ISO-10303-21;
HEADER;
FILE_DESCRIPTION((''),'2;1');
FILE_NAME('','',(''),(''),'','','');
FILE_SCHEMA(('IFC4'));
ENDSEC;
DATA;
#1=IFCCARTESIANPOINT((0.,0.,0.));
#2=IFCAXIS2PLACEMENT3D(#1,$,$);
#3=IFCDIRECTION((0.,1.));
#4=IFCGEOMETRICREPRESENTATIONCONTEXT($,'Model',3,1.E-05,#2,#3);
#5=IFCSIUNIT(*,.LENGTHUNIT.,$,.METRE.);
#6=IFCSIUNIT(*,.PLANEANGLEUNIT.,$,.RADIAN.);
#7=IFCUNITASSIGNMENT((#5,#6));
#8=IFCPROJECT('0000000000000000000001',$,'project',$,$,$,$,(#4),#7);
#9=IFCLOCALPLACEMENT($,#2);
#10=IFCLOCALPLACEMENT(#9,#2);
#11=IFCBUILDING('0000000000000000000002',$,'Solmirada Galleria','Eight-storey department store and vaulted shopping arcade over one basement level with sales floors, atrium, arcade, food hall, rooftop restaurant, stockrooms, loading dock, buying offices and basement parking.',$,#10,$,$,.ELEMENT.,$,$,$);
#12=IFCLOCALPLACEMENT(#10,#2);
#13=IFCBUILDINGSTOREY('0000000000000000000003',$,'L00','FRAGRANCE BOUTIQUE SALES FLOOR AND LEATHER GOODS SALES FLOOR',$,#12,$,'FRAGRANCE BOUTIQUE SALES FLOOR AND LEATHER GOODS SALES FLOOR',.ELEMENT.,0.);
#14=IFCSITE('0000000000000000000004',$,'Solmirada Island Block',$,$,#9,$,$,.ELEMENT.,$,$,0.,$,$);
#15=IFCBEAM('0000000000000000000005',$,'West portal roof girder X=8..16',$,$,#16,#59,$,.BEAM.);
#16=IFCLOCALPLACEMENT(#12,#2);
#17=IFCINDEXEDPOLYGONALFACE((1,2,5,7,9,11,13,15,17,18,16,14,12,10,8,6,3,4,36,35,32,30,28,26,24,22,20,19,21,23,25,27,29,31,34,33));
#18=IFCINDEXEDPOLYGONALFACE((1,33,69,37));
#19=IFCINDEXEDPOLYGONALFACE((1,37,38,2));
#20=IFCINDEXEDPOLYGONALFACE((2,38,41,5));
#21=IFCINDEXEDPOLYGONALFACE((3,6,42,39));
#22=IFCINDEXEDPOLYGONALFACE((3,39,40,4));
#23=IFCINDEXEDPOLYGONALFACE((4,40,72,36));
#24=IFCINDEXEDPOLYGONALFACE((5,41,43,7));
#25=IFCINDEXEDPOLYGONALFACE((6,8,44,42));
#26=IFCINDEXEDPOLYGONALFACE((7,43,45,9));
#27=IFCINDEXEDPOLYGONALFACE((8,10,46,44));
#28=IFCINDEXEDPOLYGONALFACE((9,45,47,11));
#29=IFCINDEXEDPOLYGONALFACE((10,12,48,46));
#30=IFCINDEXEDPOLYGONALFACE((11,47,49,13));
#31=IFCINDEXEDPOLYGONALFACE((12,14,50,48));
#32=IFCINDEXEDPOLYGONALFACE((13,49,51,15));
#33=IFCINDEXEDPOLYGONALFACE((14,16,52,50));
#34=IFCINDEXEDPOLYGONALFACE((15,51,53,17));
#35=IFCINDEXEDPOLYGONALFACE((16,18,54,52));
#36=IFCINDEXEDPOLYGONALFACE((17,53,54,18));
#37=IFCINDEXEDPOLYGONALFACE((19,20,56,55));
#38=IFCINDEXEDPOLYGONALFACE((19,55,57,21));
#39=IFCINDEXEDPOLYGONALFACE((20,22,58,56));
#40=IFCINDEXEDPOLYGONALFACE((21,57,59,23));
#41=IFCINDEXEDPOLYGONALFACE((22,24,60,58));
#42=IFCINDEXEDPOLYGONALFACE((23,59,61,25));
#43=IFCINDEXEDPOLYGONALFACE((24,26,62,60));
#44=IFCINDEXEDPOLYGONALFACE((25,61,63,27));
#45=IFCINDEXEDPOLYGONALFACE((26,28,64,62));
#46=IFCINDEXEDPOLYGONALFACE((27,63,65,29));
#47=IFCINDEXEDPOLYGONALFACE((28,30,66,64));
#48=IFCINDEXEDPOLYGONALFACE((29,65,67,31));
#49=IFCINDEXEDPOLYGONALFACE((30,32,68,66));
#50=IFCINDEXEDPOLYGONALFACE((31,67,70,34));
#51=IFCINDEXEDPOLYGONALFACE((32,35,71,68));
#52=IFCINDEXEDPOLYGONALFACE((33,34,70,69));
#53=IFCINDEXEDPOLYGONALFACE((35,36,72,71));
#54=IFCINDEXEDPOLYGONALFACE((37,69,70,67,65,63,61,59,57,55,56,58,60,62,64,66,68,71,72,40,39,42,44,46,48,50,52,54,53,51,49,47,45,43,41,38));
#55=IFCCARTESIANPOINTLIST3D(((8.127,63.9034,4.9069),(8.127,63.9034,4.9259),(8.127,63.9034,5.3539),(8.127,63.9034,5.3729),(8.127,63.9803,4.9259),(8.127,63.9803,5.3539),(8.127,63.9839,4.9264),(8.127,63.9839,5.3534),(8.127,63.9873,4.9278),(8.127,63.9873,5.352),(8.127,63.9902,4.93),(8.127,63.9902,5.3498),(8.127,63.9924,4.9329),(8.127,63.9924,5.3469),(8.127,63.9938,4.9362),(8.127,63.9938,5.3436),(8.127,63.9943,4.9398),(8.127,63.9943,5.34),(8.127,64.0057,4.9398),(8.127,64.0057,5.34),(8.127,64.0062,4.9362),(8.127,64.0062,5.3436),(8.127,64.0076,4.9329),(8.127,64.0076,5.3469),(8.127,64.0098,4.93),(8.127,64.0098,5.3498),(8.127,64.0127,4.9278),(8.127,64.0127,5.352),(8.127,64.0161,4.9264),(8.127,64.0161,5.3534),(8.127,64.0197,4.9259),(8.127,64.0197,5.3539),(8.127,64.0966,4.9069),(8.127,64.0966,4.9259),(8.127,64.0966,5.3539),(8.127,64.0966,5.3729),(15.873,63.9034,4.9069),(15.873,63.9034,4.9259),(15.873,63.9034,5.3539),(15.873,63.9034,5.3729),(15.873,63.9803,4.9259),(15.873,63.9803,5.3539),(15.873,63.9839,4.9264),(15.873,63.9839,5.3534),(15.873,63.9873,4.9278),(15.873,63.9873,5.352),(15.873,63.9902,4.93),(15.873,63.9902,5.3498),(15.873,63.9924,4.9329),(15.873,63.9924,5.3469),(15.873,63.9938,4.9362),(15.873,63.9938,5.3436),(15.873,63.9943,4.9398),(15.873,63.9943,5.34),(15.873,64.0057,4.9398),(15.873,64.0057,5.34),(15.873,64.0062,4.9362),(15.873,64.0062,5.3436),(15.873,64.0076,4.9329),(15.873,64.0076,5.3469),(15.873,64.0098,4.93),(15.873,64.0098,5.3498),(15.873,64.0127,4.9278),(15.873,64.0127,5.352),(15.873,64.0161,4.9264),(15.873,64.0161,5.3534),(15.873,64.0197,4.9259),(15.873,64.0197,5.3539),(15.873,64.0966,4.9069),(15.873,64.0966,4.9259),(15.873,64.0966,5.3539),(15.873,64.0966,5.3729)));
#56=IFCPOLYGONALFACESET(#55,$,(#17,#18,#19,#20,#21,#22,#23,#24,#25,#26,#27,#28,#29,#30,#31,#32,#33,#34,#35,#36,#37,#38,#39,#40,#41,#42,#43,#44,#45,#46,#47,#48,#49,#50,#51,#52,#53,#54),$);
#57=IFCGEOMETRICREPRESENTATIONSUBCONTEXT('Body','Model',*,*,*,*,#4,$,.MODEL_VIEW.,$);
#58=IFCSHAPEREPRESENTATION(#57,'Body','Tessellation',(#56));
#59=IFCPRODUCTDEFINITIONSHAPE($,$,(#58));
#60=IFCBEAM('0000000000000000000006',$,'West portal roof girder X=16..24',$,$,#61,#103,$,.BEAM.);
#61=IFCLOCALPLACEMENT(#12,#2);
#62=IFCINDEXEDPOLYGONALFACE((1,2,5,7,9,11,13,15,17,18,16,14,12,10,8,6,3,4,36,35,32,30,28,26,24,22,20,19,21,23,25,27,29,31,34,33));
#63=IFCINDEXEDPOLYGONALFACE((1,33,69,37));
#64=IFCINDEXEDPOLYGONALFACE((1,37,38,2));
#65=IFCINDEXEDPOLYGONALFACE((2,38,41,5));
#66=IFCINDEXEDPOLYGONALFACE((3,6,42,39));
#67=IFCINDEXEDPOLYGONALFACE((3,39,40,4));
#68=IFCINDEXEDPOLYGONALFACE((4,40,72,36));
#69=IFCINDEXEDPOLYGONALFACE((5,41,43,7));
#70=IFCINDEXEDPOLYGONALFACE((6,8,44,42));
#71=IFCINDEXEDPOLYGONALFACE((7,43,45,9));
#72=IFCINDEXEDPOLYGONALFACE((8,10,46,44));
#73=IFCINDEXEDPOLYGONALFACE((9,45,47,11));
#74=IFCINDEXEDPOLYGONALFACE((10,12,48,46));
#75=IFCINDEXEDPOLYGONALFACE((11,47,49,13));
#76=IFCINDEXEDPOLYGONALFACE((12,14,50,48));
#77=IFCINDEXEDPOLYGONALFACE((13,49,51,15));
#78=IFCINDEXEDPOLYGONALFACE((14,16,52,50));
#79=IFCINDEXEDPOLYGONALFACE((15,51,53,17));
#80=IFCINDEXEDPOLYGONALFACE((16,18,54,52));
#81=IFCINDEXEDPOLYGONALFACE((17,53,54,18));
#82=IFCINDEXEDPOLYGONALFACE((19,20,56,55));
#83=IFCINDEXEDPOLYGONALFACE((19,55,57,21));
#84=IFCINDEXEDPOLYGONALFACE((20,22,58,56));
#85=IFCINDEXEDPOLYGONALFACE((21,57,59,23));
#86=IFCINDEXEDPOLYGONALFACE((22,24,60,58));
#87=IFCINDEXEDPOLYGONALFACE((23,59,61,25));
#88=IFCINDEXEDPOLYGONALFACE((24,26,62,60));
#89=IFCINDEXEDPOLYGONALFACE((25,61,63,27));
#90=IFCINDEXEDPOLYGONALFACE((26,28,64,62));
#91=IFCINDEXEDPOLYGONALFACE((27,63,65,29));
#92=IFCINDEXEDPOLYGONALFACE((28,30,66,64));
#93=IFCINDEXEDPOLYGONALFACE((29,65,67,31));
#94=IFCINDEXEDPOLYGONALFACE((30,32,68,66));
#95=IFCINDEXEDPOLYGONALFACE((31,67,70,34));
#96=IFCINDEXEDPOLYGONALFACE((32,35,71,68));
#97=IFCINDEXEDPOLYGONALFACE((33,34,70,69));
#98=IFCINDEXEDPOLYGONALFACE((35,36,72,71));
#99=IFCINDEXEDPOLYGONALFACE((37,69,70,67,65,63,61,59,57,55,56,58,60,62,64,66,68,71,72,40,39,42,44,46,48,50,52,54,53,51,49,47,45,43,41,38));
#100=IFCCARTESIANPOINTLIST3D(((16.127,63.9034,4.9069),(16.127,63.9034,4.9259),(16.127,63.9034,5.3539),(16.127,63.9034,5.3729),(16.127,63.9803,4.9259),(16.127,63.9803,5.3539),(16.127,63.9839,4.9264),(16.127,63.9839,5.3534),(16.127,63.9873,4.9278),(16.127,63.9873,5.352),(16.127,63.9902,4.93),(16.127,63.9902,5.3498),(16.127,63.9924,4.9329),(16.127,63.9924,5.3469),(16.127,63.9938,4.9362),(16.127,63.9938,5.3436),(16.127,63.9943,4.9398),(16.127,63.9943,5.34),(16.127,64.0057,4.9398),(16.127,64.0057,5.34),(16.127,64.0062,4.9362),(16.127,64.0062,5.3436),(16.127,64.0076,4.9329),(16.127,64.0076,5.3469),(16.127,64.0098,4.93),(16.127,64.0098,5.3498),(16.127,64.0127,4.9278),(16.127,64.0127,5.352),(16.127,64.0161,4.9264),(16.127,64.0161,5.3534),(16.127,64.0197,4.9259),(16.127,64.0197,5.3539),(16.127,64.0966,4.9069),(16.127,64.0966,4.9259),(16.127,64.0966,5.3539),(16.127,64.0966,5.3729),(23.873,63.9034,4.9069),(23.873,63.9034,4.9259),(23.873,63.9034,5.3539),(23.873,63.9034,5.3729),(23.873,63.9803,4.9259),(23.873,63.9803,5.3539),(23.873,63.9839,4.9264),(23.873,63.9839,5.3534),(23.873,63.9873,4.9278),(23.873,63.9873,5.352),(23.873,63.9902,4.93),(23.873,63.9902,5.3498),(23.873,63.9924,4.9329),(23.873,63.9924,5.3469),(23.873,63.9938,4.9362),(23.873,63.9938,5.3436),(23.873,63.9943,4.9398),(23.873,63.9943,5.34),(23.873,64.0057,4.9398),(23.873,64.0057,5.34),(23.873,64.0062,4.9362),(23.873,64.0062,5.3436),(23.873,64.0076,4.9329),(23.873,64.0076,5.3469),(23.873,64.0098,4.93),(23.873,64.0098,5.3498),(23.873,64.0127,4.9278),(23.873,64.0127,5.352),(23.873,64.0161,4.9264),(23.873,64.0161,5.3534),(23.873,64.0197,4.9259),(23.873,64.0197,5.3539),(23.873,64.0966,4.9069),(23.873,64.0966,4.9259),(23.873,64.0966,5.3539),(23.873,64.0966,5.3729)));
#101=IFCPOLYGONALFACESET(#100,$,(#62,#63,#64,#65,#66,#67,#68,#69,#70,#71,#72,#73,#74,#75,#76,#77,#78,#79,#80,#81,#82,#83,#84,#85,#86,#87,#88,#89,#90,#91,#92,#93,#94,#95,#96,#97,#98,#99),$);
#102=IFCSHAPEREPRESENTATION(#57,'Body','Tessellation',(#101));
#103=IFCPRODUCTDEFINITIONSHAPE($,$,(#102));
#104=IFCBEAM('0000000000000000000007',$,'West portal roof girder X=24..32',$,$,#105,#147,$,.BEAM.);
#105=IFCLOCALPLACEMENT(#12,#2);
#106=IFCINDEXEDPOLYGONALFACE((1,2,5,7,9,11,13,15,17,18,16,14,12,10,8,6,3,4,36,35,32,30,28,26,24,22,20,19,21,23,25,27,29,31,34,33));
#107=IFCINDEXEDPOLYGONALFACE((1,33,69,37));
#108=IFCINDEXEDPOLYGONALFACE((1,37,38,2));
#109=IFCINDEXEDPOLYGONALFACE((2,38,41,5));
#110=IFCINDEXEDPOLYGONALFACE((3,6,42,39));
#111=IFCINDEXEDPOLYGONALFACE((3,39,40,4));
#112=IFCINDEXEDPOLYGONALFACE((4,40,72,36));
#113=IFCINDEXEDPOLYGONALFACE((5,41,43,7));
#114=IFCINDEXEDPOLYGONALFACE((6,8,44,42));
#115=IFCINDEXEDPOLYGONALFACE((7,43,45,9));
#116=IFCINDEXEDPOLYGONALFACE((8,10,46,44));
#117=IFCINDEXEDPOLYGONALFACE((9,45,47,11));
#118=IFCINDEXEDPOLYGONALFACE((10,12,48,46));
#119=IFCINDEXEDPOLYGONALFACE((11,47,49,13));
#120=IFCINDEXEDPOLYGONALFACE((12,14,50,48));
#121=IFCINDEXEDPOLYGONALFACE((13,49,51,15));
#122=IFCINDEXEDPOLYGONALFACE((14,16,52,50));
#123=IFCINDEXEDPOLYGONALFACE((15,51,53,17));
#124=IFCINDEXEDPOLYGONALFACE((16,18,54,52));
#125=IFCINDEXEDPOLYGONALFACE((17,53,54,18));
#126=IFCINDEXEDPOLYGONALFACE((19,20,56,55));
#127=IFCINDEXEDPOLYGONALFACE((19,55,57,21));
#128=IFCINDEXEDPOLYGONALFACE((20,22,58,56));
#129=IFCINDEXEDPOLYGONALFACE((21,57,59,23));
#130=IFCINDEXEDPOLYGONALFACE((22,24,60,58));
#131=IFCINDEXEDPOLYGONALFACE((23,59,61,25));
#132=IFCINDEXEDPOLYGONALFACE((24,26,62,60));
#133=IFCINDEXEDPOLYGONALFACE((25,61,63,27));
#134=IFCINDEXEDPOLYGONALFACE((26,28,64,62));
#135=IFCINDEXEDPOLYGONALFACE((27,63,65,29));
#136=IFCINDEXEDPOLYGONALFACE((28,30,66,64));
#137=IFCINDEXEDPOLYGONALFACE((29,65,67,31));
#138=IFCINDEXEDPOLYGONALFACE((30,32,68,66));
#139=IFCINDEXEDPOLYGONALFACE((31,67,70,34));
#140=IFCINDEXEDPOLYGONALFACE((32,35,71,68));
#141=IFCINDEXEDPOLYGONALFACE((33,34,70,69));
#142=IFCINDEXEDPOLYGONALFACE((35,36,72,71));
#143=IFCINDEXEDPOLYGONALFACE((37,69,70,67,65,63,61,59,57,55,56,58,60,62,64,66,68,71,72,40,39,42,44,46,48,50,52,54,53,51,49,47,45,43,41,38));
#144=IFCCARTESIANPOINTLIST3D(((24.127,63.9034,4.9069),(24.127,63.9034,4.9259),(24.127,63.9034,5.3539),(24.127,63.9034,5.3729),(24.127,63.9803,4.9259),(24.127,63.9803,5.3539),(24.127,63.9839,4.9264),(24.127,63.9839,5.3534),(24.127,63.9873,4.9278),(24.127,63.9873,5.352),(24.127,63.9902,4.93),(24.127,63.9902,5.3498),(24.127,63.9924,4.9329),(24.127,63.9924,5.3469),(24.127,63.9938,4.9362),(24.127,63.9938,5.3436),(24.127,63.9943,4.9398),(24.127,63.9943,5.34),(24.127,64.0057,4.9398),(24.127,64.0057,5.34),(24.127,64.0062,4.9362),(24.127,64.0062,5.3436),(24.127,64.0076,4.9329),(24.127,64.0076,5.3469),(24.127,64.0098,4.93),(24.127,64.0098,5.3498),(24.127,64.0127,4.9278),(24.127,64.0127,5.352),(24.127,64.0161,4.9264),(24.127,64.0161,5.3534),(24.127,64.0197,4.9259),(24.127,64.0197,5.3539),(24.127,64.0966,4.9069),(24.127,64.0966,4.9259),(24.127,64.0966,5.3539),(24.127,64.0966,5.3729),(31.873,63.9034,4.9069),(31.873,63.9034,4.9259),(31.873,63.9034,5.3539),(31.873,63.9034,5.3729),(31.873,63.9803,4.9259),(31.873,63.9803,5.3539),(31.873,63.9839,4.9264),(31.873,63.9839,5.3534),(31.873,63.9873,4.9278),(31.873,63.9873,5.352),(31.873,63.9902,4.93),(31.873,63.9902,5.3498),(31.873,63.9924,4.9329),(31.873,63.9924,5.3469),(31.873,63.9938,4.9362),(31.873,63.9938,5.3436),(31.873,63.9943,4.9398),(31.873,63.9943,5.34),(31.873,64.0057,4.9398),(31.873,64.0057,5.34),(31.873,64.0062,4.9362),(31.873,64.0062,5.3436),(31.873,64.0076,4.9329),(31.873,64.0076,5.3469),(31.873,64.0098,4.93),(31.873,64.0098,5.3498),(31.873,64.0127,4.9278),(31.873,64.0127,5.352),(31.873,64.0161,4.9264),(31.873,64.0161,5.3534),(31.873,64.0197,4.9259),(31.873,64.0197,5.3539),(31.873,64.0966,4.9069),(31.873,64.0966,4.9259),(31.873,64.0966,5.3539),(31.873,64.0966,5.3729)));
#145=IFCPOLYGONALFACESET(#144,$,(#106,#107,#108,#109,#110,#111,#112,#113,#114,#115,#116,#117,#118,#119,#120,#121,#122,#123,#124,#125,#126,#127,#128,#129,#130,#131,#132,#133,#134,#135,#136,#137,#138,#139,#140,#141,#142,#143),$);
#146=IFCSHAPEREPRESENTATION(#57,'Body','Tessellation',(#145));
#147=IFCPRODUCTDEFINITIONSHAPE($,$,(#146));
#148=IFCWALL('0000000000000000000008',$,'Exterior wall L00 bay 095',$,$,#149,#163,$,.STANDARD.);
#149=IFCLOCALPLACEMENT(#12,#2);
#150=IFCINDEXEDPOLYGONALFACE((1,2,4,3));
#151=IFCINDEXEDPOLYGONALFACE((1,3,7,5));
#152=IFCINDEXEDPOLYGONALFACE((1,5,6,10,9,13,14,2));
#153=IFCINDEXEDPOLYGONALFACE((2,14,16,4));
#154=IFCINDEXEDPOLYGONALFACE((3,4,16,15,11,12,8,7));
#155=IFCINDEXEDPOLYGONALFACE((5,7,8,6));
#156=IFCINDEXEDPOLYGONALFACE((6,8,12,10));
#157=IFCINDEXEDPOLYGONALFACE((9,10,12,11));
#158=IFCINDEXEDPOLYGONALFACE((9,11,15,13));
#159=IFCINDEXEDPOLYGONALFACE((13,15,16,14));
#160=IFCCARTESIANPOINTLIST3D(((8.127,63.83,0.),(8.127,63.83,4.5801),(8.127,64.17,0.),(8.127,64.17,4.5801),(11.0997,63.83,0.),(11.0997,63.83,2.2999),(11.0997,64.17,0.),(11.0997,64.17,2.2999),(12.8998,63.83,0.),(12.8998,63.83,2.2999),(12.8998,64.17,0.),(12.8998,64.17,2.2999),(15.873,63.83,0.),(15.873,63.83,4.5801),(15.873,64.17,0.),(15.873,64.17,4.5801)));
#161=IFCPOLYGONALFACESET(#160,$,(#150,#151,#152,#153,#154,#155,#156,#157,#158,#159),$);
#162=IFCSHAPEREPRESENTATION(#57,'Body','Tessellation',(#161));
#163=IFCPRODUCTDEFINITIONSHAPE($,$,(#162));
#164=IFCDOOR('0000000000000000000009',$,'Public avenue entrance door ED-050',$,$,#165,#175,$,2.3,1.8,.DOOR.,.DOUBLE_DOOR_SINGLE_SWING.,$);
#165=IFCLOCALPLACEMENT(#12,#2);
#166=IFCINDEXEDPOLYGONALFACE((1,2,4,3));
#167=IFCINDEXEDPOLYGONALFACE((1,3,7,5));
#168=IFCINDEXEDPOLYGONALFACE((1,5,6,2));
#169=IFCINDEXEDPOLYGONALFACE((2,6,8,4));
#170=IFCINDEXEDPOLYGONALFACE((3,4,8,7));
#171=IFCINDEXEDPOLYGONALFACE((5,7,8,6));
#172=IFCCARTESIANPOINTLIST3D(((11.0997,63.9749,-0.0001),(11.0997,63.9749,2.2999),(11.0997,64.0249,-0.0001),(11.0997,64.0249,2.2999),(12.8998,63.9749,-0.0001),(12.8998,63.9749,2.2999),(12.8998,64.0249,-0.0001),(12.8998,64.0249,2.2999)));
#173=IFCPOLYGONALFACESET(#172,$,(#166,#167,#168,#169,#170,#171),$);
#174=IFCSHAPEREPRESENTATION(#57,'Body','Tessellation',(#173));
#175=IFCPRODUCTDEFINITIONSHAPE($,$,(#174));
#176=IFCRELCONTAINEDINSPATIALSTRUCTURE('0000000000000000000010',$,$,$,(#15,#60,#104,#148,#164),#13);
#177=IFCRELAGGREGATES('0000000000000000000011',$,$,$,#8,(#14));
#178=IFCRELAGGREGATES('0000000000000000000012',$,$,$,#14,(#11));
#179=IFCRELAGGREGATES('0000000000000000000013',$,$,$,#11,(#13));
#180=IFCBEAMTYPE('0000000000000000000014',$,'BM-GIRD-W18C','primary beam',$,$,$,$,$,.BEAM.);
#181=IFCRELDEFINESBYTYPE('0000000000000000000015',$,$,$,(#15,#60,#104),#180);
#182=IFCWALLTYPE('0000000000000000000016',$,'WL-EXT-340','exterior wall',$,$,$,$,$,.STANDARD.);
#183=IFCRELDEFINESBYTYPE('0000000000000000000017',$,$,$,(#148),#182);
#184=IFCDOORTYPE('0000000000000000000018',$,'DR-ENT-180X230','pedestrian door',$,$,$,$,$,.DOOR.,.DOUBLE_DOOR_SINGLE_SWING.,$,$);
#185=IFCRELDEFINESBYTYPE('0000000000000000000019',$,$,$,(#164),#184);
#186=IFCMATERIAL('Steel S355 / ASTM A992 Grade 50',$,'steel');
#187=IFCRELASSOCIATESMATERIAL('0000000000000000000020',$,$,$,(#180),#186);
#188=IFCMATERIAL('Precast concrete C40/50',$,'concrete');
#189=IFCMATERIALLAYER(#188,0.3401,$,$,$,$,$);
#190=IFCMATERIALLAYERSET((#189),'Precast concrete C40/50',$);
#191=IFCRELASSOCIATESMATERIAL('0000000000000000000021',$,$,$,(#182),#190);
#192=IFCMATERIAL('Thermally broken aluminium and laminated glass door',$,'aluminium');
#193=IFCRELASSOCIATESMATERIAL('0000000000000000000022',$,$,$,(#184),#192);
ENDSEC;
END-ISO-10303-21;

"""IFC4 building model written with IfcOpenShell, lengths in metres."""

from ifc_helpers import new_model, si_unit, direction, frame, frame_2d, origin, origin_2d, place, context, subcontext, project, spatial, rectangle, i_section, extrude, material, layer, layer_set, material_profile, profile_set, type_object, element, fill, save


model = new_model("IFC4")

# Units and contexts
model_context = context("Model", 3, precision=1e-05, world=origin(), true_north=direction((0.0, 1.0)))
body_context = subcontext(model_context, "Body", "Model", "MODEL_VIEW")
ifc_project = project(units=[si_unit("LENGTHUNIT", "METRE"), si_unit("PLANEANGLEUNIT", "RADIAN")], contexts=[model_context])

# Site, building, storey
site_placement = place(None, origin())
site = spatial("IfcSite", under=ifc_project, at=site_placement, Name="Solmirada Island Block", CompositionType="ELEMENT", RefElevation=0.0)
building_placement = place(site_placement, origin())
building = spatial("IfcBuilding", under=site, at=building_placement, Name="Solmirada Galleria", Description="Eight-storey department store and vaulted shopping arcade over one basement level with sales floors, atrium, arcade, food hall, rooftop restaurant, stockrooms, loading dock, buying offices and basement parking.", CompositionType="ELEMENT")
storey_placement = place(building_placement, origin())
storey = spatial("IfcBuildingStorey", under=building, at=storey_placement, Name="L00", Description="FRAGRANCE BOUTIQUE SALES FLOOR AND LEATHER GOODS SALES FLOOR", LongName="FRAGRANCE BOUTIQUE SALES FLOOR AND LEATHER GOODS SALES FLOOR", CompositionType="ELEMENT", Elevation=0.0)

# Beams
ifc_material_1 = material(Name="Steel S355 / ASTM A992 Grade 50", Category="steel")
ifc_material_profile_1 = material_profile(ifc_material_1, i_section(OverallWidth=0.1931, OverallDepth=0.4661, WebThickness=0.0115, FlangeThickness=0.019, FilletRadius=0.0139, at=origin_2d()), Name="W18X65")
ifc_profile_set_1 = profile_set([ifc_material_profile_1], Name="Steel S355 / ASTM A992 Grade 50")
beam_type = type_object("IfcBeamType", Name="BM-GIRD-W18C", Description="primary beam", PredefinedType="BEAM", material=ifc_profile_set_1)
for number, where, z_axis, x_axis, name in (
    (1, (8.127, 64.0, 5.1399), (1.0, 0.0, 0.0), (0.0, 1.0, 0.0), "West portal roof girder X=8..16"),
    (2, (16.127, 64.0, 5.1399), (1.0, 0.0, 0.0), (0.0, 1.0, 0.0), "West portal roof girder X=16..24"),
    (3, (24.127, 64.0, 5.1399), (1.0, 0.0, 0.0), (0.0, 1.0, 0.0), "West portal roof girder X=24..32"),
):
    element("IfcBeam", number, at=place(storey_placement, frame(where, z_axis=z_axis, x_axis=x_axis)), inside=storey, type_object=beam_type, Name=name, PredefinedType="BEAM", context=body_context, shape_type="SweptSolid", body=[
        extrude(i_section(OverallWidth=0.1931, OverallDepth=0.4661, WebThickness=0.0115, FlangeThickness=0.019, FilletRadius=0.0139, at=origin_2d()), origin(), (0.0, 0.0, 1.0), 7.7461),
    ])

# Wall, opening, door
ifc_material_2 = material(Name="Precast concrete C40/50", Category="concrete")
ifc_layer_1 = layer(ifc_material_2, 0.3401)
ifc_layer_set_1 = layer_set([ifc_layer_1], Name="Precast concrete C40/50")
wall_type = type_object("IfcWallType", Name="WL-EXT-340", Description="exterior wall", PredefinedType="STANDARD", material=ifc_layer_set_1)
wall_1_placement = place(storey_placement, frame((8.127, 64.0, 0.0), z_axis=(0.0, 0.0, 1.0), x_axis=(1.0, 0.0, 0.0)))
wall_1 = element("IfcWall", 4, at=wall_1_placement, inside=storey, type_object=wall_type, Name="Exterior wall L00 bay 095", PredefinedType="STANDARD", context=body_context, shape_type="SweptSolid", body=[
    extrude(rectangle(XDim=7.7461, YDim=0.3401, at=frame_2d((3.873, 0.0))), origin(), (0.0, 0.0, 1.0), 4.5801),
])
opening_1_placement = place(wall_1_placement, frame((2.9729, 0.0, 0.0)))
opening_1 = element("IfcOpeningElement", 5, at=opening_1_placement, cuts=wall_1, PredefinedType="OPENING", context=body_context, shape_type="SweptSolid", body=[
    extrude(rectangle(XDim=1.8, YDim=2.3, at=frame_2d((0.8999, 1.1499))), frame((0.0, 0.1799, 0.0), z_axis=(0.0, -1.0, 0.0), x_axis=(1.0, 0.0, 0.0)), (0.0, 0.0, 1.0), 0.3601),
])
ifc_material_3 = material(Name="Thermally broken aluminium and laminated glass door", Category="aluminium")
door_type_1 = type_object("IfcDoorType", Name="DR-ENT-180X230", Description="pedestrian door", OperationType="DOUBLE_DOOR_SINGLE_SWING", PredefinedType="DOOR", material=ifc_material_3)
door_1_placement = place(opening_1_placement, origin())
door_1 = element("IfcDoor", 6, at=door_1_placement, inside=storey, type_object=door_type_1, Name="Public avenue entrance door ED-050", OperationType="DOUBLE_DOOR_SINGLE_SWING", OverallHeight=2.3, OverallWidth=1.8, PredefinedType="DOOR", context=body_context, shape_type="SweptSolid", body=[
    extrude(rectangle(XDim=1.8, YDim=2.3, at=frame_2d((0.8999, 1.1499))), frame((0.0, 0.0249, 0.0), z_axis=(0.0, -1.0, 0.0), x_axis=(1.0, 0.0, 0.0)), (0.0, 0.0, 1.0), 0.05),
])
fill(opening_1, door_1)

save(model, "model.ifc")
